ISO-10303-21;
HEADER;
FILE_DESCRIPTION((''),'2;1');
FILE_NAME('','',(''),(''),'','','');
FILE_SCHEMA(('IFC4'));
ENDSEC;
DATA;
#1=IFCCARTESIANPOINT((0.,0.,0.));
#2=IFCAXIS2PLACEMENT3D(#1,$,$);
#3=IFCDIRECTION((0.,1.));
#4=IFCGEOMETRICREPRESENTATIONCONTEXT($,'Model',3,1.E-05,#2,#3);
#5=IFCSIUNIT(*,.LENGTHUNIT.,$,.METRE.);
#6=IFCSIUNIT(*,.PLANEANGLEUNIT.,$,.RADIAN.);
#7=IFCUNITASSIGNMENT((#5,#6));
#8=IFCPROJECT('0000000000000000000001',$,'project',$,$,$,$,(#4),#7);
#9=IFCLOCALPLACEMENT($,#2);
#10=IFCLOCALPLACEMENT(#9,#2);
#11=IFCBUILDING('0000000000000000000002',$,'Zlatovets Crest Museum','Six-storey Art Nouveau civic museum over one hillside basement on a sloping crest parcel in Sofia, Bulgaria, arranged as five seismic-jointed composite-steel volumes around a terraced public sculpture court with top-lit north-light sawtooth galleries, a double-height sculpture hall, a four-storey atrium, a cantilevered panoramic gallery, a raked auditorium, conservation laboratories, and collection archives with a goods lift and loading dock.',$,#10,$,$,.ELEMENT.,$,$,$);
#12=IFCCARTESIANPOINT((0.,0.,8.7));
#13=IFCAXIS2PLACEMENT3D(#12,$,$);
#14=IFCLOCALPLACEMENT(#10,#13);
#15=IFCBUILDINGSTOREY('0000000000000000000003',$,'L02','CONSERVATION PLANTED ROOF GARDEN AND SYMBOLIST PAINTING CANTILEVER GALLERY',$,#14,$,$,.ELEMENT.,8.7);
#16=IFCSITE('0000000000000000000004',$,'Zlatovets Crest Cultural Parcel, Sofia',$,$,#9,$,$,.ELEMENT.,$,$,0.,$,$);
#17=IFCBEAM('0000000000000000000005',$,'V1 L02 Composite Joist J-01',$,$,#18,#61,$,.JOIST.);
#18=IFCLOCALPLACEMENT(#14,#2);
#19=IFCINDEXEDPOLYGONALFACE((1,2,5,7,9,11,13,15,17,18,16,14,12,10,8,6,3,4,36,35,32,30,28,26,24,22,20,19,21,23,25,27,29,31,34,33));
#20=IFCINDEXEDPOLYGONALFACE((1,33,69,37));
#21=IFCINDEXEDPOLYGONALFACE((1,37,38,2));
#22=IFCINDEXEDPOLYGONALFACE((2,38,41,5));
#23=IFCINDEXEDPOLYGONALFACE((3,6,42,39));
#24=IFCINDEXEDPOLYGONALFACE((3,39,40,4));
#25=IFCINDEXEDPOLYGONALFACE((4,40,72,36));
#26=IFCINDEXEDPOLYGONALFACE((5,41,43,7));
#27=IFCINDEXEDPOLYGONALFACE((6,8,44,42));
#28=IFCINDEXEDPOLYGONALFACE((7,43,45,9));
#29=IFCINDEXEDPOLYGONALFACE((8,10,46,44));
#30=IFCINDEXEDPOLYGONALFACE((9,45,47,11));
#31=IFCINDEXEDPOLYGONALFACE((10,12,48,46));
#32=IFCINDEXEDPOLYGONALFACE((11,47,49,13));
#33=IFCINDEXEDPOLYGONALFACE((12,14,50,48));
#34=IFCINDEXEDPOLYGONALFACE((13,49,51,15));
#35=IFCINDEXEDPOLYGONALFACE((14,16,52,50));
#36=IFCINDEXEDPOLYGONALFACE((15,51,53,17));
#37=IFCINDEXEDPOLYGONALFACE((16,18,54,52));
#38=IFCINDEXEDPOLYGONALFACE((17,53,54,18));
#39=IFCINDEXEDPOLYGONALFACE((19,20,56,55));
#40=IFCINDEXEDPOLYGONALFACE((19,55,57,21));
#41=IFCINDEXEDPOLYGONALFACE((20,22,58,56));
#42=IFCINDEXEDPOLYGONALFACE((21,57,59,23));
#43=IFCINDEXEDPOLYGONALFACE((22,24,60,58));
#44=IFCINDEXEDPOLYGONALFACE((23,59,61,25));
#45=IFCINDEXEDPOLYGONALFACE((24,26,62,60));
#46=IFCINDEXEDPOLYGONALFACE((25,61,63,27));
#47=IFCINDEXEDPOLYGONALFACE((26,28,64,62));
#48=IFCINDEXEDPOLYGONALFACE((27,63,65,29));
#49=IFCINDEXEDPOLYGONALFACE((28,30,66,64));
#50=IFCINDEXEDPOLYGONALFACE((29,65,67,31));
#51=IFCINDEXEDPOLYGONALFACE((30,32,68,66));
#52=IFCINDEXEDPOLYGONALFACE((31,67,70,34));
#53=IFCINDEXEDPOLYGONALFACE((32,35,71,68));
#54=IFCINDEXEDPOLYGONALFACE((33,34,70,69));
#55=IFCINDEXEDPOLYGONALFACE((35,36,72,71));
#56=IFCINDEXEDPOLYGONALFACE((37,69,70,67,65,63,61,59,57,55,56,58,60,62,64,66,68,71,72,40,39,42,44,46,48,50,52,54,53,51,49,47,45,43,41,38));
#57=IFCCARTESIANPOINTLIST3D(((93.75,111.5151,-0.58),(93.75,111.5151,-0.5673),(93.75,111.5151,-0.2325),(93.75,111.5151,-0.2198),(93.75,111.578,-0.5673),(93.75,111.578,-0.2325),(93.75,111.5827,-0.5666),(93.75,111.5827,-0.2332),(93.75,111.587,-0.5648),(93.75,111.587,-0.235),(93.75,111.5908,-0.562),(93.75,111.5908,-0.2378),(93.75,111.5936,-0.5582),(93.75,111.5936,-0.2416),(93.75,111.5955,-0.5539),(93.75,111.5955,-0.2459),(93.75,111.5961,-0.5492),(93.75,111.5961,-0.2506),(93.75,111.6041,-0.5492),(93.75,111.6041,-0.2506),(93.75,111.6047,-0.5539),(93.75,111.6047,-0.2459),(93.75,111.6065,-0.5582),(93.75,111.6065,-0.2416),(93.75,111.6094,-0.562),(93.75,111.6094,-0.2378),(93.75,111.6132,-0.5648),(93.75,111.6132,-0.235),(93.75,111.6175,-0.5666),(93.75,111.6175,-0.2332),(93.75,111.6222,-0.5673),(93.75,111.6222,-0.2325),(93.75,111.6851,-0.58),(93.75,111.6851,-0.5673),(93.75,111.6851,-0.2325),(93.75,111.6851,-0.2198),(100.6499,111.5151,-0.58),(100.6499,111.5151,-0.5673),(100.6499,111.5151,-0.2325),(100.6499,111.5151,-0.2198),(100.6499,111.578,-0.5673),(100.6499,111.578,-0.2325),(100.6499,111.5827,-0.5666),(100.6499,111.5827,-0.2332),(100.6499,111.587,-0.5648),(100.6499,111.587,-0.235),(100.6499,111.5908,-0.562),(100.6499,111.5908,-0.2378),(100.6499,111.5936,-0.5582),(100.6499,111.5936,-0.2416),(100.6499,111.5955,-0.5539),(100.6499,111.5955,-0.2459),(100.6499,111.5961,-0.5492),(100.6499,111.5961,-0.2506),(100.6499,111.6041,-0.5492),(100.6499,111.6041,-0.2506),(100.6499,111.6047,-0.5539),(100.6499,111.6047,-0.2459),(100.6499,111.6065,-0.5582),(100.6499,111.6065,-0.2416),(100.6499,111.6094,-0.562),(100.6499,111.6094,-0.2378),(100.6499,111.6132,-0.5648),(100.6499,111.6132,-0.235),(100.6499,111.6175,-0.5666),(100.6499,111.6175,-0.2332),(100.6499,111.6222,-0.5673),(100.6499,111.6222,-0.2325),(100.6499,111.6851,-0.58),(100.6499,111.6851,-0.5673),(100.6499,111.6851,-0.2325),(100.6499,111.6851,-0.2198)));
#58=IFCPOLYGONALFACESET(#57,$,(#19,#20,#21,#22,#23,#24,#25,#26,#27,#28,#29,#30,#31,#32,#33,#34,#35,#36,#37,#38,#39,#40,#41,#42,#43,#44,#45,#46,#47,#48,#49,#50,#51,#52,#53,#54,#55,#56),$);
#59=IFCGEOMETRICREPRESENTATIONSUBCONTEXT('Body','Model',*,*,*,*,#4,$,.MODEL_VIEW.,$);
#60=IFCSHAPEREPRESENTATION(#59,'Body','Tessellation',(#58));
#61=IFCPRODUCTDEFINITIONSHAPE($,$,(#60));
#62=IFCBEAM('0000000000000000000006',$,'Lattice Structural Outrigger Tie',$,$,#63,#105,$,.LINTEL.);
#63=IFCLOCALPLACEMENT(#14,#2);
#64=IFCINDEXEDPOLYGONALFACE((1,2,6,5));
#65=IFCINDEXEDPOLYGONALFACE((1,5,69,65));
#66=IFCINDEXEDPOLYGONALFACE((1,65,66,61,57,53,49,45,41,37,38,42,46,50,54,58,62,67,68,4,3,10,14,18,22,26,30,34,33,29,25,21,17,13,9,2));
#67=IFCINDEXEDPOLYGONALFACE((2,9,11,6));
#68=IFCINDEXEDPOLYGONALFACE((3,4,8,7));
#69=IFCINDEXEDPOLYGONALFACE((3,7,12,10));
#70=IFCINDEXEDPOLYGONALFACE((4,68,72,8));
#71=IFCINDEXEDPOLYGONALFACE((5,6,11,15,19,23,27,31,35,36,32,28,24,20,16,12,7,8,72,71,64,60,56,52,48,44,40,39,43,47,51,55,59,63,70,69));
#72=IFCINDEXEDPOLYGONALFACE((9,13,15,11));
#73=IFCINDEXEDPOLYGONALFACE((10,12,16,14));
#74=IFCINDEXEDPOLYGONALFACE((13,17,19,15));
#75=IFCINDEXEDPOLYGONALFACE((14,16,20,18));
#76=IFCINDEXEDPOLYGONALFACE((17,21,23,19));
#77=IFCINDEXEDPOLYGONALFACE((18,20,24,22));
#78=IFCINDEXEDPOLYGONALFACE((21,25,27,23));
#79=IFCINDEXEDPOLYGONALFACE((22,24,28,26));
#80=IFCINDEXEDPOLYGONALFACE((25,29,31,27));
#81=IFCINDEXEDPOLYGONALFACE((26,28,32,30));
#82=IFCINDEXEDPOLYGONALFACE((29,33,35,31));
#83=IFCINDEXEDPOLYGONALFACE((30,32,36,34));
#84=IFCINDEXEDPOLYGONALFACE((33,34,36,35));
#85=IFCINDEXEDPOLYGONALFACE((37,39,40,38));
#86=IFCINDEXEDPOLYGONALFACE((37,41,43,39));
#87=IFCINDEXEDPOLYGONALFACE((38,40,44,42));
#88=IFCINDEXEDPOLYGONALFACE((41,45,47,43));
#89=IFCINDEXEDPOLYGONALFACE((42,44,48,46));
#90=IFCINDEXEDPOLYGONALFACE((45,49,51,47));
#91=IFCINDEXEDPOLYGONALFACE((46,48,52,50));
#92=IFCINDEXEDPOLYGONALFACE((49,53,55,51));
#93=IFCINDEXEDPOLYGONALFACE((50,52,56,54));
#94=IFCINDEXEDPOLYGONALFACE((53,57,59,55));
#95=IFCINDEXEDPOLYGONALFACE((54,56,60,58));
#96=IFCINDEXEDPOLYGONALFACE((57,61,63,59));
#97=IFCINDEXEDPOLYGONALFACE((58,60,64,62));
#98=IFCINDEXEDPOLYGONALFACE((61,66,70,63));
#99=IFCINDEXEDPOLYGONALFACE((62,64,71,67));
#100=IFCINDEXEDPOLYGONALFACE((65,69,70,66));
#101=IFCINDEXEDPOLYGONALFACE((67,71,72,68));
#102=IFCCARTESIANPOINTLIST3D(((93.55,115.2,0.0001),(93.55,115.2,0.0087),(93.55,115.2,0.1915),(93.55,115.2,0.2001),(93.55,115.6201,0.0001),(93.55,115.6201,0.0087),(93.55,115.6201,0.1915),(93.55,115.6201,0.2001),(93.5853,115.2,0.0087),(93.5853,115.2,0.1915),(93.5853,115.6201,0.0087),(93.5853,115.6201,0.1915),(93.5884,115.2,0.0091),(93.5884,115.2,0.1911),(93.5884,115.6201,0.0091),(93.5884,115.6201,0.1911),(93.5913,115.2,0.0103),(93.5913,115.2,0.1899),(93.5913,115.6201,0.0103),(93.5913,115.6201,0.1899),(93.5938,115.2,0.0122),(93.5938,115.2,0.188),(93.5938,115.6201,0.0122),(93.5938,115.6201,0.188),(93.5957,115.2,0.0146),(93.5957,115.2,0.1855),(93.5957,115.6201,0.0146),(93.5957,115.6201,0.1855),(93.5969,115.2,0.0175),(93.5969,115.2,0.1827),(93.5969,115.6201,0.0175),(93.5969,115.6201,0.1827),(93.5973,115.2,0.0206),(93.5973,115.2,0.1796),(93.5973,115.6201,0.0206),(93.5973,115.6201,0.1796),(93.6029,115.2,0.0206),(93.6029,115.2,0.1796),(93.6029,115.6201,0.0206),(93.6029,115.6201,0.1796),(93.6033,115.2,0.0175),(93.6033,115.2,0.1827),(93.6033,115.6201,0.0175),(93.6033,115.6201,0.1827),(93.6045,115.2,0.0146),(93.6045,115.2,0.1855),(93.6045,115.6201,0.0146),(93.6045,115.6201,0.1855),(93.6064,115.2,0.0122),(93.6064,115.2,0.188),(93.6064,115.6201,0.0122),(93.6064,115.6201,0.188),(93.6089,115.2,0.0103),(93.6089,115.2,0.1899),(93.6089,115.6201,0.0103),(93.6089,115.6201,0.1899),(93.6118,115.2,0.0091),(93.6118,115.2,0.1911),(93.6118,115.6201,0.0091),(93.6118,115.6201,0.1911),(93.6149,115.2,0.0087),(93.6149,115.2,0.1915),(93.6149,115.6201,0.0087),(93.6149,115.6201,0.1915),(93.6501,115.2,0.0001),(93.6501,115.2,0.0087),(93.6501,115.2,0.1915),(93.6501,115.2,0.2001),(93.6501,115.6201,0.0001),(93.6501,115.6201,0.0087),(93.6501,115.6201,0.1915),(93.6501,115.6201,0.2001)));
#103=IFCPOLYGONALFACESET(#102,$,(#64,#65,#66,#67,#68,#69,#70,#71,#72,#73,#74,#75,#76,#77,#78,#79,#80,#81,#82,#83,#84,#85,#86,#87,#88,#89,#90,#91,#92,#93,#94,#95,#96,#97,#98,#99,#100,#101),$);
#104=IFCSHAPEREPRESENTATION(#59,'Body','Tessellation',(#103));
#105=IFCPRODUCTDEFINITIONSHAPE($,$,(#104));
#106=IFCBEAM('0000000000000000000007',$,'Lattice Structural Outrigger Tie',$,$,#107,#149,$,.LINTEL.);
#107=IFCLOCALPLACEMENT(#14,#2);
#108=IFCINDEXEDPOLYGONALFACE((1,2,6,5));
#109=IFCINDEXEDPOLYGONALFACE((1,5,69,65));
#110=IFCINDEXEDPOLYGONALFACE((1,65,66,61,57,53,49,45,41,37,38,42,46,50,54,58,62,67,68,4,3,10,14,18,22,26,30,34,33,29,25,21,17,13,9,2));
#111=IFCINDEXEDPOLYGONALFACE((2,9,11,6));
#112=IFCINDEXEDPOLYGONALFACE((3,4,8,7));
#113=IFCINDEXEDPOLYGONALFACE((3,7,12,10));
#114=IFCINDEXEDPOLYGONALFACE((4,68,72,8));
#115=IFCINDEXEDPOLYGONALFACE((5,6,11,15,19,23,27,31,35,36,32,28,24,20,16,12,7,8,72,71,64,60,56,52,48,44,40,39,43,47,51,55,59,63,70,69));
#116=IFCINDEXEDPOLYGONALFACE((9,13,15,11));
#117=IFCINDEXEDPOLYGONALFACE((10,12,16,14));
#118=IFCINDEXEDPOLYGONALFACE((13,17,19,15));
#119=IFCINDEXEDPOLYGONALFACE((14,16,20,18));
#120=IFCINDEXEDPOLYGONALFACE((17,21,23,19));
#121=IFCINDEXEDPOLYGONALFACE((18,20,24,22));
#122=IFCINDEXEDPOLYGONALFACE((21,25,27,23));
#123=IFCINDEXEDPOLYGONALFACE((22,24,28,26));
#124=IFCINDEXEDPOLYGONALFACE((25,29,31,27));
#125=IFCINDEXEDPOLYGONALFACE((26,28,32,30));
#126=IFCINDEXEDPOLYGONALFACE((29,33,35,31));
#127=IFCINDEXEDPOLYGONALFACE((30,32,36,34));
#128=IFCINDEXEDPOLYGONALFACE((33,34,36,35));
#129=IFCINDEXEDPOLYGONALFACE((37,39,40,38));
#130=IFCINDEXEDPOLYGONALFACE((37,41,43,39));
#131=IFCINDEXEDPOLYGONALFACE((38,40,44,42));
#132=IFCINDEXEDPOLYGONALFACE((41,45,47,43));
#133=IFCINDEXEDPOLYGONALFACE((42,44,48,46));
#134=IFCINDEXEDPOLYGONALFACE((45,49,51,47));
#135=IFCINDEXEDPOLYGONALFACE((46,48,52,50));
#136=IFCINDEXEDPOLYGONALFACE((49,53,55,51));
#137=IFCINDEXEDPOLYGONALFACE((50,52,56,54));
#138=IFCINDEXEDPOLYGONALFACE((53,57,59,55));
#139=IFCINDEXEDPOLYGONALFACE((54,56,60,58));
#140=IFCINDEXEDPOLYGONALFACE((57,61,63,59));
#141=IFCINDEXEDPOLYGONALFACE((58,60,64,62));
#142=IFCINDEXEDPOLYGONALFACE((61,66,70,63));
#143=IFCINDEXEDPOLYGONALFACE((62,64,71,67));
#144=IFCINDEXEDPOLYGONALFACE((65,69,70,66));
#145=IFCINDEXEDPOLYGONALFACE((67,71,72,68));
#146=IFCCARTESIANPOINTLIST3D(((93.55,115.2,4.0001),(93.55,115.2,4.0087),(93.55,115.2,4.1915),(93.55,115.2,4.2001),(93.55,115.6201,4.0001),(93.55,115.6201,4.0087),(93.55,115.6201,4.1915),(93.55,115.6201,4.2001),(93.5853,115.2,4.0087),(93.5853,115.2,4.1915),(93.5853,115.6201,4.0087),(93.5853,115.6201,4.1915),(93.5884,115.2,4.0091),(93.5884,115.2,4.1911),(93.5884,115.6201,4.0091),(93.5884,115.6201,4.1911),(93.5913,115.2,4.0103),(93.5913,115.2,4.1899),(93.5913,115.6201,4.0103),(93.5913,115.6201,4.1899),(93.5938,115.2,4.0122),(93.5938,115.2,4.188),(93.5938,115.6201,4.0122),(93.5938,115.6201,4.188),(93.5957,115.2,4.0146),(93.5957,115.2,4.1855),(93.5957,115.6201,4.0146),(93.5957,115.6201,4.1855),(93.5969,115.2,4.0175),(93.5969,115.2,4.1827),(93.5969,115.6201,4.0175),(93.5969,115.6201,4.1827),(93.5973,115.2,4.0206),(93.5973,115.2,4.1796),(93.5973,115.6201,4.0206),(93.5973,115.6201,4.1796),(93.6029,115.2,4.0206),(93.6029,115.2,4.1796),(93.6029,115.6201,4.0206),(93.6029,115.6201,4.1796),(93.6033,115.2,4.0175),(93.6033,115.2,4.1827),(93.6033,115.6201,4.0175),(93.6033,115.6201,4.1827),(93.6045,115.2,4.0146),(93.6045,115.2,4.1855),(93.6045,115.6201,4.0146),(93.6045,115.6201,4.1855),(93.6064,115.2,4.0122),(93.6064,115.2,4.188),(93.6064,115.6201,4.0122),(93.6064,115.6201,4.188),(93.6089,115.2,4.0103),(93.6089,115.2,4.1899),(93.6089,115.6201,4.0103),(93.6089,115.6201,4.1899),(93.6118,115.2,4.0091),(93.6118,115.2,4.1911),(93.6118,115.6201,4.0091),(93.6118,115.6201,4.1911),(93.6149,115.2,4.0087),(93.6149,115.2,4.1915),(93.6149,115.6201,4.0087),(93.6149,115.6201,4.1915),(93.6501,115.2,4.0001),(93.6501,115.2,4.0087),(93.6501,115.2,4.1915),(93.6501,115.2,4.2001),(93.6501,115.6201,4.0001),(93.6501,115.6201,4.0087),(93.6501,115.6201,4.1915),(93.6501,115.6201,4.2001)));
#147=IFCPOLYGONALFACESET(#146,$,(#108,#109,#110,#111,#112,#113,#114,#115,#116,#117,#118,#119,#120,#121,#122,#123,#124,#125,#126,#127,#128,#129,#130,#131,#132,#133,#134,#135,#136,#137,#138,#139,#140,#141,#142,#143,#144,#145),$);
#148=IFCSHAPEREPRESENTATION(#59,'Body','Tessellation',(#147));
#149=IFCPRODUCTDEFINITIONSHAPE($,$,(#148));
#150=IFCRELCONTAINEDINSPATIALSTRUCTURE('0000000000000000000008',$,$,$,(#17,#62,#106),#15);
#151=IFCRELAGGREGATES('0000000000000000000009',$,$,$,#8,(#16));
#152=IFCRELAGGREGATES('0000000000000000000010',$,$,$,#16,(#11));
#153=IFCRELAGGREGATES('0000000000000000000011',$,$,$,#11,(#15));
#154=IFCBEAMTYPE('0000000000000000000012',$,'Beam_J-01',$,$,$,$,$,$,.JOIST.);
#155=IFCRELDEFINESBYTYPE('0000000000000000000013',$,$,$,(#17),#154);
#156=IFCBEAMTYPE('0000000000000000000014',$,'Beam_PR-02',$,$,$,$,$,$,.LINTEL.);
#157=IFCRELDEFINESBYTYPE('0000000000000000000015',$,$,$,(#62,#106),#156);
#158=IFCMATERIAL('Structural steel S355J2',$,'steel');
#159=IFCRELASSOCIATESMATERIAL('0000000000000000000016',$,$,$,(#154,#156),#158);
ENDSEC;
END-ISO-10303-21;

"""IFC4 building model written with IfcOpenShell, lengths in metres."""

from ifc_helpers import new_model, si_unit, direction, frame, origin, origin_2d, place, context, subcontext, project, spatial, i_section, extrude, material, material_profile, profile_set, type_object, element, save


model = new_model("IFC4")

# Units and contexts
model_context = context("Model", 3, precision=1e-05, world=origin(), true_north=direction((0.0, 1.0)))
body_context = subcontext(model_context, "Body", "Model", "MODEL_VIEW")
ifc_project = project(units=[si_unit("LENGTHUNIT", "METRE"), si_unit("PLANEANGLEUNIT", "RADIAN")], contexts=[model_context])

# Site, building, storey
site_placement = place(None, origin())
site = spatial("IfcSite", under=ifc_project, at=site_placement, Name="Zlatovets Crest Cultural Parcel, Sofia", CompositionType="ELEMENT", RefElevation=0.0)
building_placement = place(site_placement, origin())
building = spatial("IfcBuilding", under=site, at=building_placement, Name="Zlatovets Crest Museum", Description="Six-storey Art Nouveau civic museum over one hillside basement on a sloping crest parcel in Sofia, Bulgaria, arranged as five seismic-jointed composite-steel volumes around a terraced public sculpture court with top-lit north-light sawtooth galleries, a double-height sculpture hall, a four-storey atrium, a cantilevered panoramic gallery, a raked auditorium, conservation laboratories, and collection archives with a goods lift and loading dock.", CompositionType="ELEMENT")
storey_placement = place(building_placement, frame((0.0, 0.0, 8.7)))
storey = spatial("IfcBuildingStorey", under=building, at=storey_placement, Name="L02", Description="CONSERVATION PLANTED ROOF GARDEN AND SYMBOLIST PAINTING CANTILEVER GALLERY", CompositionType="ELEMENT", Elevation=8.7)

# Shared definitions
ifc_material_1 = material(Name="Structural steel S355J2", Category="steel")

# Beams
ifc_material_profile_1 = material_profile(ifc_material_1, i_section(OverallWidth=0.1699, OverallDepth=0.3601, WebThickness=0.0081, FlangeThickness=0.0127, FilletRadius=0.0181, at=origin_2d()), Name="IPE 360")
ifc_profile_set_1 = profile_set([ifc_material_profile_1], Name="Structural steel S355J2")
beam_type_1 = type_object("IfcBeamType", Name="Beam_J-01", PredefinedType="JOIST", material=ifc_profile_set_1)
beam_placement = place(storey_placement, frame((93.75, 111.6001, -0.3999), z_axis=(1.0, 0.0, 0.0), x_axis=(0.0, 1.0, 0.0)))
element("IfcBeam", 1, at=beam_placement, inside=storey, type_object=beam_type_1, Name="V1 L02 Composite Joist J-01", PredefinedType="JOIST", context=body_context, shape_type="SweptSolid", body=[
    extrude(i_section(OverallWidth=0.1699, OverallDepth=0.3601, WebThickness=0.0081, FlangeThickness=0.0127, FilletRadius=0.0181, at=origin_2d()), origin(), (0.0, 0.0, 1.0), 6.8999),
])
ifc_material_profile_2 = material_profile(ifc_material_1, i_section(OverallWidth=0.1001, OverallDepth=0.2, WebThickness=0.0056, FlangeThickness=0.0085, FilletRadius=0.012, at=origin_2d()), Name="IPE 200")
ifc_profile_set_2 = profile_set([ifc_material_profile_2], Name="Structural steel S355J2")
beam_type_2 = type_object("IfcBeamType", Name="Beam_PR-02", PredefinedType="LINTEL", material=ifc_profile_set_2)
for number, where, z_axis, x_axis, name in (
    (2, (93.6001, 115.2, 0.1001), (0.0, 1.0, 0.0), (-1.0, 0.0, 0.0), "Lattice Structural Outrigger Tie"),
    (3, (93.6001, 115.2, 4.1001), (0.0, 1.0, 0.0), (-1.0, 0.0, 0.0), "Lattice Structural Outrigger Tie"),
):
    element("IfcBeam", number, at=place(storey_placement, frame(where, z_axis=z_axis, x_axis=x_axis)), inside=storey, type_object=beam_type_2, Name=name, PredefinedType="LINTEL", context=body_context, shape_type="SweptSolid", body=[
        extrude(i_section(OverallWidth=0.1001, OverallDepth=0.2, WebThickness=0.0056, FlangeThickness=0.0085, FilletRadius=0.012, at=origin_2d()), origin(), (0.0, 0.0, 1.0), 0.4202),
    ])

save(model, "model.ifc")
